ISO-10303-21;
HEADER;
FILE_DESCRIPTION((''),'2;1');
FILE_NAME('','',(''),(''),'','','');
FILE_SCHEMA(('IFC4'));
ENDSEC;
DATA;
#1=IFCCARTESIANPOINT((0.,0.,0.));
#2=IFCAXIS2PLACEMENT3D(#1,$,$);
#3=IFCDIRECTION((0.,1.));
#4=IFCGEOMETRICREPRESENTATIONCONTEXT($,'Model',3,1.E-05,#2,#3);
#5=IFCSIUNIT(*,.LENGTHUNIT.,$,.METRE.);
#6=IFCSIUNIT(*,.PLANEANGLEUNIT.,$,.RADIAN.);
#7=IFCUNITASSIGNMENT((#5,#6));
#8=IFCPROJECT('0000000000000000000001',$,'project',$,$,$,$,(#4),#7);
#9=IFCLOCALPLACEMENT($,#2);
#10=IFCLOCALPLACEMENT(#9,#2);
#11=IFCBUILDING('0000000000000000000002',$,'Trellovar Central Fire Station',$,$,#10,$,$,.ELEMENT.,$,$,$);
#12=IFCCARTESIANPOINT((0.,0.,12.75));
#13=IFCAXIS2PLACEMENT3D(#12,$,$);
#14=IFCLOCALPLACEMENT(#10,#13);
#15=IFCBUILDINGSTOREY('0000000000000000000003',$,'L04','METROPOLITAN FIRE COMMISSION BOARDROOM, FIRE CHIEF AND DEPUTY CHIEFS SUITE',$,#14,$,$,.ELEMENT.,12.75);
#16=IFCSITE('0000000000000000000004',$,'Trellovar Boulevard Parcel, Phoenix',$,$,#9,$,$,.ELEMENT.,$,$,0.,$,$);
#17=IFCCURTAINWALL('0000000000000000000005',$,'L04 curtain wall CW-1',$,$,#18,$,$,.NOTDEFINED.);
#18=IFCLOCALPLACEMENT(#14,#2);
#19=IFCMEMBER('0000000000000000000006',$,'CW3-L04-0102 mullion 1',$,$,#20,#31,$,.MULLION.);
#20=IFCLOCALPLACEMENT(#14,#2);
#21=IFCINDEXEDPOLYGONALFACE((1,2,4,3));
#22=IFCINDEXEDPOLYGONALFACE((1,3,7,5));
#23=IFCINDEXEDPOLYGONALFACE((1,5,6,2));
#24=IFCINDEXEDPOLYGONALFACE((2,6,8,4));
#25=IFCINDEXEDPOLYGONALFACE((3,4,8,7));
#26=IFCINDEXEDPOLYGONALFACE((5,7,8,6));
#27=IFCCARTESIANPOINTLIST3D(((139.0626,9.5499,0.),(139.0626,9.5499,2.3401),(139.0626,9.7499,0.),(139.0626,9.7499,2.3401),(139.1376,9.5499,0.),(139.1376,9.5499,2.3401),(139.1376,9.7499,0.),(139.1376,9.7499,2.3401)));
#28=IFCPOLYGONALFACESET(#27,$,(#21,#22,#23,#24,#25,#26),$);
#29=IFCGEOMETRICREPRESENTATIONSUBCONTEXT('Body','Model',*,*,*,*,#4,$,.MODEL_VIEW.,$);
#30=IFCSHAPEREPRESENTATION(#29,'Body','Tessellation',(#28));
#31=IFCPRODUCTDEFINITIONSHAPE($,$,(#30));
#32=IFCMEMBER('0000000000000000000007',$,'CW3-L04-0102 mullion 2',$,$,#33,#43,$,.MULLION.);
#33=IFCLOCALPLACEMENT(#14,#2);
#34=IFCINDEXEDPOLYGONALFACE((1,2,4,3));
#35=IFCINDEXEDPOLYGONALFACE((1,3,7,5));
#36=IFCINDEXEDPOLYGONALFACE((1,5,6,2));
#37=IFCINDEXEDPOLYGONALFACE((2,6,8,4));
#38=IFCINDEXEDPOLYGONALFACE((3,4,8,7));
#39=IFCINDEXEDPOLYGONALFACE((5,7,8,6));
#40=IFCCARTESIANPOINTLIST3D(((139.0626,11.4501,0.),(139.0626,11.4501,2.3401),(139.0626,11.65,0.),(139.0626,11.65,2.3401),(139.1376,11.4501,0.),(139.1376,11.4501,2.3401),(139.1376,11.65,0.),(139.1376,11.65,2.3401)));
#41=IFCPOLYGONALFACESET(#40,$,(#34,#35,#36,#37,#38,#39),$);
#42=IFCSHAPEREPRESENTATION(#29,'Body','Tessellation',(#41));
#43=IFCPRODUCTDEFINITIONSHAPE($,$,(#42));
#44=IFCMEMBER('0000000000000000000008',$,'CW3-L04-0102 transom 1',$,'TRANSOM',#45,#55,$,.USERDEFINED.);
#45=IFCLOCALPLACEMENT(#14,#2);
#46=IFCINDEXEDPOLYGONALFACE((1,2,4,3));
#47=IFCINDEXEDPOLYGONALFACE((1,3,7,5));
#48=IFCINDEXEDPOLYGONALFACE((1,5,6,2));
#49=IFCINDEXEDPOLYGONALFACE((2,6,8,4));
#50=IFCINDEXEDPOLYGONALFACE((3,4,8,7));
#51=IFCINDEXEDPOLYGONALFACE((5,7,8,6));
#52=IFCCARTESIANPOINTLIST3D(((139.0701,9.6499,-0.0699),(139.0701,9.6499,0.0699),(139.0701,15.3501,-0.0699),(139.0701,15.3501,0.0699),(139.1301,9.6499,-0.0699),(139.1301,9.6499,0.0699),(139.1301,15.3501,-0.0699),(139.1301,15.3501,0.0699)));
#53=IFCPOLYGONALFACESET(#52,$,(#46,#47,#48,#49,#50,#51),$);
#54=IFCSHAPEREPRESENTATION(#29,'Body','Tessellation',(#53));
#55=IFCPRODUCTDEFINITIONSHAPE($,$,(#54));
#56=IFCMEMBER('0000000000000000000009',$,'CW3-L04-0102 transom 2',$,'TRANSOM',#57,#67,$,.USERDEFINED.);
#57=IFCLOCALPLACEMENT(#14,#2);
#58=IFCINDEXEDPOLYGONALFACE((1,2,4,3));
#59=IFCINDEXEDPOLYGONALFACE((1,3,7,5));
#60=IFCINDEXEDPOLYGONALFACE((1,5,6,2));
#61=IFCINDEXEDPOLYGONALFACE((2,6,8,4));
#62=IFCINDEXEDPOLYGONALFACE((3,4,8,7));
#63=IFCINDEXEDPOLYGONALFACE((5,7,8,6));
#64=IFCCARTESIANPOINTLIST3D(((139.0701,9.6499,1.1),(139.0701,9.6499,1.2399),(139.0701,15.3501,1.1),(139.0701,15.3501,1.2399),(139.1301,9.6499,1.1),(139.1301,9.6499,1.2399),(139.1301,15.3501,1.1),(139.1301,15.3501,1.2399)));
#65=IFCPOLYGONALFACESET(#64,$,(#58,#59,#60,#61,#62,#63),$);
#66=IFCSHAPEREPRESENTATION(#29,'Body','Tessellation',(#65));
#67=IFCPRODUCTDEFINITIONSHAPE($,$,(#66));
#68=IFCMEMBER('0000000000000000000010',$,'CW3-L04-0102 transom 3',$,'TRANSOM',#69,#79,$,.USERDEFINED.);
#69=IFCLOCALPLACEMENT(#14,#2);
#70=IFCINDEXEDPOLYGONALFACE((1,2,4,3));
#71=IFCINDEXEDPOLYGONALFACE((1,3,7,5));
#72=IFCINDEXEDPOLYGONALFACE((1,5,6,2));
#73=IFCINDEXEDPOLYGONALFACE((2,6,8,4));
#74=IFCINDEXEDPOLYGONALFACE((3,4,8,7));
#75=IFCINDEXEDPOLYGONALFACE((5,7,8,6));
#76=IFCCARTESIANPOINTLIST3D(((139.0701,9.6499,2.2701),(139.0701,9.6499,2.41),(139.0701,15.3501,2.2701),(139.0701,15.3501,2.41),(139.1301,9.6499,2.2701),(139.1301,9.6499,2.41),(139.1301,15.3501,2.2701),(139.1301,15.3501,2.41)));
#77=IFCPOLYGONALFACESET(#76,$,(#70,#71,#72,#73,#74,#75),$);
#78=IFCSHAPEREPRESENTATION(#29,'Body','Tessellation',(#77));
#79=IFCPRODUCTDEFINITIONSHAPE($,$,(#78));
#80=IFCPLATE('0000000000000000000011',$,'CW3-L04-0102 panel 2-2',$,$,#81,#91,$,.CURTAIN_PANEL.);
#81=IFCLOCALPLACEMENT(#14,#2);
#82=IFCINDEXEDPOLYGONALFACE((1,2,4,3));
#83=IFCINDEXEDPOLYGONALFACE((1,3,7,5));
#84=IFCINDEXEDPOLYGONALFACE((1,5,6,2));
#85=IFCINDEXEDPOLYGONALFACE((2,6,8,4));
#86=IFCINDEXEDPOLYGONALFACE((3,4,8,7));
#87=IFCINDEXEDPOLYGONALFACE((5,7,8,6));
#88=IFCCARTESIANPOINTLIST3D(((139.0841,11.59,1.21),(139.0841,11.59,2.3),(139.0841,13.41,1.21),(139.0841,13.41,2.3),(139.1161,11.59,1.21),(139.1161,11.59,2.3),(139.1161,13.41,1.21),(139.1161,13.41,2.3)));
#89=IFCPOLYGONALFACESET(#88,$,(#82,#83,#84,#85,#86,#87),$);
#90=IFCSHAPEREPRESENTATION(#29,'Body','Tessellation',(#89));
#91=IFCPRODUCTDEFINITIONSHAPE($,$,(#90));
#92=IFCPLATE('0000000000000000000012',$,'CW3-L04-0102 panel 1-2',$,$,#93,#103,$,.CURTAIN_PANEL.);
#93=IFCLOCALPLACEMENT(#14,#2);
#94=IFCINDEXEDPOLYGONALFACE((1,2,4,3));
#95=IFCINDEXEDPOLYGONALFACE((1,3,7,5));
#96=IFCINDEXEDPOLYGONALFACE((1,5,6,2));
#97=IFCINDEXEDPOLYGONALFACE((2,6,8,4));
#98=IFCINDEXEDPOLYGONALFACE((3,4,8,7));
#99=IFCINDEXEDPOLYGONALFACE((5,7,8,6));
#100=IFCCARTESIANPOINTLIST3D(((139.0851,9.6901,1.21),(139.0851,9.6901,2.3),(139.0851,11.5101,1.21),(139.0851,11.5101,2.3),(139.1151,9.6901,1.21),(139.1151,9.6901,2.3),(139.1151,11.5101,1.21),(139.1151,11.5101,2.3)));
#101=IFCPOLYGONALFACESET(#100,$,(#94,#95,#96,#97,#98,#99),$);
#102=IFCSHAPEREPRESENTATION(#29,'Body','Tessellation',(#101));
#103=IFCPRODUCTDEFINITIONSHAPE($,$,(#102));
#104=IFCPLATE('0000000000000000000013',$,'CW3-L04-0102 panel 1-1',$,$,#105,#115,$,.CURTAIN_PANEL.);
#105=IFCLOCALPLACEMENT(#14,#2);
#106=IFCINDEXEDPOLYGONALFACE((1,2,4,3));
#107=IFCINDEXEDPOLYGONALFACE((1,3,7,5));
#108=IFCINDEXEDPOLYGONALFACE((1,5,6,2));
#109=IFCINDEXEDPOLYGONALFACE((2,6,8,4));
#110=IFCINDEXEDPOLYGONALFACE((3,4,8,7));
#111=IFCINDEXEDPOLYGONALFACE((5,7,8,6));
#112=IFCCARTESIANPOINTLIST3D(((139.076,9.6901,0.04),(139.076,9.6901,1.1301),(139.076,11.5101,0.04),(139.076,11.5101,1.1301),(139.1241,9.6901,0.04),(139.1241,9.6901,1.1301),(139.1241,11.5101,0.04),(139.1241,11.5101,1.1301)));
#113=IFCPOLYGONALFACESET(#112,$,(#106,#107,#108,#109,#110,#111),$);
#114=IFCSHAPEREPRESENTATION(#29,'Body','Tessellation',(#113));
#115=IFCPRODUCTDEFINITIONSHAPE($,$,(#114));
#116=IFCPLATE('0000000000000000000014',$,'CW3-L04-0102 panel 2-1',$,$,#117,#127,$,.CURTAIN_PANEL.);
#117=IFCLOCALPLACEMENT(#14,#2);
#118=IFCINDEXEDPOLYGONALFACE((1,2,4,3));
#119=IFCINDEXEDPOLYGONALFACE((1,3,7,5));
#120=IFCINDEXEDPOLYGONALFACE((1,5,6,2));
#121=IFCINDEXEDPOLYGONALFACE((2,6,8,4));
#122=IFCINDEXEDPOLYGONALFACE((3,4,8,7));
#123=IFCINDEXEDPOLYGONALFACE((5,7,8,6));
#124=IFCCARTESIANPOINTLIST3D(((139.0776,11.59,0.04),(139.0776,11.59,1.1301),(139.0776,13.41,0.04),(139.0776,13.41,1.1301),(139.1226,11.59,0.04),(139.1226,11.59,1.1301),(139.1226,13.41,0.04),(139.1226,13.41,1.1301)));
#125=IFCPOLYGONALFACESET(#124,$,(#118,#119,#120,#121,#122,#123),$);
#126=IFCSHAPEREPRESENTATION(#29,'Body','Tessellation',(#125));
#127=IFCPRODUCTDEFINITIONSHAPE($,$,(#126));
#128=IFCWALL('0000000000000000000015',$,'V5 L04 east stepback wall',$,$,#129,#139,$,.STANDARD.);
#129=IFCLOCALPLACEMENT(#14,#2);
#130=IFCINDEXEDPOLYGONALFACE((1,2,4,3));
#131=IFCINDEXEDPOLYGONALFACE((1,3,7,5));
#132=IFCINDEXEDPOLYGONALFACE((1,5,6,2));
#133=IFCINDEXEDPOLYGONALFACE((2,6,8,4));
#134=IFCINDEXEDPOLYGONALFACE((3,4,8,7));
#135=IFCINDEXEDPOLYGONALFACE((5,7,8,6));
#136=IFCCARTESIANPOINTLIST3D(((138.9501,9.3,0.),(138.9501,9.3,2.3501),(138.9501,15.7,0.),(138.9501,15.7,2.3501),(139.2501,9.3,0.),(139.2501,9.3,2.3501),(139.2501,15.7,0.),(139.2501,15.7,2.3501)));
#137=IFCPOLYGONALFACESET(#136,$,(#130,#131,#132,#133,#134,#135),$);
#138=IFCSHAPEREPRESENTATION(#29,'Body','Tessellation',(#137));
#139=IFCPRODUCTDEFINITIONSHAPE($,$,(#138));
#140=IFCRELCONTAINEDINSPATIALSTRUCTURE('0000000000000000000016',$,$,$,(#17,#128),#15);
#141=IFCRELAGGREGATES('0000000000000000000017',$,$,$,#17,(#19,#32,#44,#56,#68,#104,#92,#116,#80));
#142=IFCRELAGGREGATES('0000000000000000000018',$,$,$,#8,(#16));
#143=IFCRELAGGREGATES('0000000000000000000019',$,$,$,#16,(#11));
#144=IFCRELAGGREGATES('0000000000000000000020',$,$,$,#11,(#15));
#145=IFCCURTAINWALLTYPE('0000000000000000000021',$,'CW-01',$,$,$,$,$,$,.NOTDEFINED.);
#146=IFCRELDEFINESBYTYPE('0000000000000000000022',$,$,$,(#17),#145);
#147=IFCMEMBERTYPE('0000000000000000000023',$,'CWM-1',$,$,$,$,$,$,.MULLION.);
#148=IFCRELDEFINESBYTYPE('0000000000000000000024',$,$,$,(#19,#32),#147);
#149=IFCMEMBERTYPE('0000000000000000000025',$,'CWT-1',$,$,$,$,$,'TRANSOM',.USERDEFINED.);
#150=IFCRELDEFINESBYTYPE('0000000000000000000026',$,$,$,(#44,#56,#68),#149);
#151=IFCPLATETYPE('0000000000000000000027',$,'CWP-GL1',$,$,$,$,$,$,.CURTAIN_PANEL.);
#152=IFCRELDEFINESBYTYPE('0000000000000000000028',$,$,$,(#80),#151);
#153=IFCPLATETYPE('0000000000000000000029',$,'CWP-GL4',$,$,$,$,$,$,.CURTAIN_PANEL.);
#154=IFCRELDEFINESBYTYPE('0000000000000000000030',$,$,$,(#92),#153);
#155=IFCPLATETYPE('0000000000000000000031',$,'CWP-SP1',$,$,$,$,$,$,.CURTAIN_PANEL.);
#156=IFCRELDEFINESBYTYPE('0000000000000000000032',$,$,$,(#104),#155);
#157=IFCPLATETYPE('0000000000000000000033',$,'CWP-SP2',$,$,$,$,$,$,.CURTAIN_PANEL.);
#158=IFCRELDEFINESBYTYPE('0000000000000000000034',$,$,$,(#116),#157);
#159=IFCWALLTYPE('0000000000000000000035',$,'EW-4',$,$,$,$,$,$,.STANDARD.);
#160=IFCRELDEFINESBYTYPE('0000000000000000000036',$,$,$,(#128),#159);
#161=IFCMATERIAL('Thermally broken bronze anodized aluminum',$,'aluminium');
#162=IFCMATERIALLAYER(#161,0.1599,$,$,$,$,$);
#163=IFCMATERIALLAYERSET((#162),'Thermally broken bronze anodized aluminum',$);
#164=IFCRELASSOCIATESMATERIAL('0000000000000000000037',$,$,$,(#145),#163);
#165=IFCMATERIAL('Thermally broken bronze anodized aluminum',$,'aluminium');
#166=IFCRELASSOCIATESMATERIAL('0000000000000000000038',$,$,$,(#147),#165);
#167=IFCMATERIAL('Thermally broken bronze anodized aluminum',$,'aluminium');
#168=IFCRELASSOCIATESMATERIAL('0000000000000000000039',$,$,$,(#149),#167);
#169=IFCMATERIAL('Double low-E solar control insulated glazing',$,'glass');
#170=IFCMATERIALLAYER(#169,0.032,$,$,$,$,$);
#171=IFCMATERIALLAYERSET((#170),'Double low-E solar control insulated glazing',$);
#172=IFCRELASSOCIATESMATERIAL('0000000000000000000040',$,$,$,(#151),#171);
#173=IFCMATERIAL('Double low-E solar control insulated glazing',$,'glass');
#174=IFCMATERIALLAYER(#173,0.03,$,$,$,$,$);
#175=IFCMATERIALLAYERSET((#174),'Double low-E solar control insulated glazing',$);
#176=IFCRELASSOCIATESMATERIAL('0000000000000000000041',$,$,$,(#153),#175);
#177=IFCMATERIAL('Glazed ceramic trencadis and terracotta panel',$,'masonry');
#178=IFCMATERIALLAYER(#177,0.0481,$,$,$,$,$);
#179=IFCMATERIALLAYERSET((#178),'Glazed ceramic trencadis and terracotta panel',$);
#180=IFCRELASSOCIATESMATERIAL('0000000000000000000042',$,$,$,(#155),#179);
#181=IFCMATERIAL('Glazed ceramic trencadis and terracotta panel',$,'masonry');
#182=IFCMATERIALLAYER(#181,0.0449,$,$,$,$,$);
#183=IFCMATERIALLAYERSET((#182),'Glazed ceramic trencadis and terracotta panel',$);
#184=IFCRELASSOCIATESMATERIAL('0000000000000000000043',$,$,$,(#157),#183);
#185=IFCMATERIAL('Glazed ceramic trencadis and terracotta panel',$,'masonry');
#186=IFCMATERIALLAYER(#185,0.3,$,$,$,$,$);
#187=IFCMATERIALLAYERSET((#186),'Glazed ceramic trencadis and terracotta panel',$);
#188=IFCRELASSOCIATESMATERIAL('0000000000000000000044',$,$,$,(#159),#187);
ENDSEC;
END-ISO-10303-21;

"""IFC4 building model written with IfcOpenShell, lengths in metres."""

from ifc_helpers import new_model, si_unit, direction, frame, frame_2d, origin, origin_2d, place, context, subcontext, project, spatial, rectangle, extrude, material, layer, layer_set, material_profile, profile_set, type_object, element, aggregate, save


model = new_model("IFC4")

# Units and contexts
model_context = context("Model", 3, precision=1e-05, world=origin(), true_north=direction((0.0, 1.0)))
body_context = subcontext(model_context, "Body", "Model", "MODEL_VIEW")
ifc_project = project(units=[si_unit("LENGTHUNIT", "METRE"), si_unit("PLANEANGLEUNIT", "RADIAN")], contexts=[model_context])

# Site, building, storey
site_placement = place(None, origin())
site = spatial("IfcSite", under=ifc_project, at=site_placement, Name="Trellovar Boulevard Parcel, Phoenix", CompositionType="ELEMENT", RefElevation=0.0)
building_placement = place(site_placement, origin())
building = spatial("IfcBuilding", under=site, at=building_placement, Name="Trellovar Central Fire Station", CompositionType="ELEMENT")
storey_placement = place(building_placement, frame((0.0, 0.0, 12.75)))
storey = spatial("IfcBuildingStorey", under=building, at=storey_placement, Name="L04", Description="METROPOLITAN FIRE COMMISSION BOARDROOM, FIRE CHIEF AND DEPUTY CHIEFS SUITE", CompositionType="ELEMENT", Elevation=12.75)

# Curtain wall, members, plates
ifc_material_1 = material(Name="Thermally broken bronze anodized aluminum", Category="aluminium")
ifc_layer_1 = layer(ifc_material_1, 0.1599)
ifc_layer_set_1 = layer_set([ifc_layer_1], Name="Thermally broken bronze anodized aluminum")
curtain_wall_type = type_object("IfcCurtainWallType", Name="CW-01", PredefinedType="NOTDEFINED", material=ifc_layer_set_1)
curtain_wall_placement = place(storey_placement, origin())
curtain_wall = element("IfcCurtainWall", 1, at=curtain_wall_placement, inside=storey, type_object=curtain_wall_type, Name="L04 curtain wall CW-1", PredefinedType="NOTDEFINED")
ifc_material_2 = material(Name="Thermally broken bronze anodized aluminum", Category="aluminium")
ifc_material_profile_1 = material_profile(ifc_material_2, rectangle(XDim=0.075, YDim=0.2, at=origin_2d()), Name="ALU75X200")
ifc_profile_set_1 = profile_set([ifc_material_profile_1], Name="Thermally broken bronze anodized aluminum")
member_type_1 = type_object("IfcMemberType", Name="CWM-1", PredefinedType="MULLION", material=ifc_profile_set_1)
member_1_placement = place(storey_placement, frame((139.1001, 9.6499, 0.0), z_axis=(0.0, 0.0, 1.0), x_axis=(1.0, 0.0, 0.0)))
member_1 = element("IfcMember", 2, at=member_1_placement, type_object=member_type_1, Name="CW3-L04-0102 mullion 1", PredefinedType="MULLION", context=body_context, shape_type="SweptSolid", body=[
    extrude(rectangle(XDim=0.075, YDim=0.2, at=origin_2d()), origin(), (0.0, 0.0, 1.0), 2.3401),
])
member_2_placement = place(storey_placement, frame((139.1001, 11.55, 0.0), z_axis=(0.0, 0.0, 1.0), x_axis=(1.0, 0.0, 0.0)))
member_2 = element("IfcMember", 3, at=member_2_placement, type_object=member_type_1, Name="CW3-L04-0102 mullion 2", PredefinedType="MULLION", context=body_context, shape_type="SweptSolid", body=[
    extrude(rectangle(XDim=0.075, YDim=0.2, at=origin_2d()), origin(), (0.0, 0.0, 1.0), 2.3401),
])
ifc_material_3 = material(Name="Thermally broken bronze anodized aluminum", Category="aluminium")
ifc_material_profile_2 = material_profile(ifc_material_3, rectangle(XDim=0.0601, YDim=0.1399, at=origin_2d()), Name="ALU60X140")
ifc_profile_set_2 = profile_set([ifc_material_profile_2], Name="Thermally broken bronze anodized aluminum")
member_type_2 = type_object("IfcMemberType", Name="CWT-1", ElementType="TRANSOM", PredefinedType="USERDEFINED", material=ifc_profile_set_2)
member_3_placement = place(storey_placement, frame((139.1001, 9.6499, 0.0), z_axis=(0.0, 1.0, 0.0), x_axis=(-1.0, 0.0, 0.0)))
member_3 = element("IfcMember", 4, at=member_3_placement, type_object=member_type_2, Name="CW3-L04-0102 transom 1", ObjectType="TRANSOM", PredefinedType="USERDEFINED", context=body_context, shape_type="SweptSolid", body=[
    extrude(rectangle(XDim=0.0601, YDim=0.1399, at=origin_2d()), origin(), (0.0, 0.0, 1.0), 5.7002),
])
member_4_placement = place(storey_placement, frame((139.1001, 9.6499, 1.1699), z_axis=(0.0, 1.0, 0.0), x_axis=(-1.0, 0.0, 0.0)))
member_4 = element("IfcMember", 5, at=member_4_placement, type_object=member_type_2, Name="CW3-L04-0102 transom 2", ObjectType="TRANSOM", PredefinedType="USERDEFINED", context=body_context, shape_type="SweptSolid", body=[
    extrude(rectangle(XDim=0.0601, YDim=0.1399, at=origin_2d()), origin(), (0.0, 0.0, 1.0), 5.7002),
])
member_5_placement = place(storey_placement, frame((139.1001, 9.6499, 2.3401), z_axis=(0.0, 1.0, 0.0), x_axis=(-1.0, 0.0, 0.0)))
member_5 = element("IfcMember", 6, at=member_5_placement, type_object=member_type_2, Name="CW3-L04-0102 transom 3", ObjectType="TRANSOM", PredefinedType="USERDEFINED", context=body_context, shape_type="SweptSolid", body=[
    extrude(rectangle(XDim=0.0601, YDim=0.1399, at=origin_2d()), origin(), (0.0, 0.0, 1.0), 5.7002),
])
ifc_material_4 = material(Name="Double low-E solar control insulated glazing", Category="glass")
ifc_layer_2 = layer(ifc_material_4, 0.032)
ifc_layer_set_2 = layer_set([ifc_layer_2], Name="Double low-E solar control insulated glazing")
plate_type_1 = type_object("IfcPlateType", Name="CWP-GL1", PredefinedType="CURTAIN_PANEL", material=ifc_layer_set_2)
plate_1_placement = place(storey_placement, frame((139.1001, 12.5, 1.21), z_axis=(0.0, 0.0, 1.0), x_axis=(0.0, 1.0, 0.0)))
plate_1 = element("IfcPlate", 7, at=plate_1_placement, type_object=plate_type_1, Name="CW3-L04-0102 panel 2-2", PredefinedType="CURTAIN_PANEL", context=body_context, shape_type="SweptSolid", body=[
    extrude(rectangle(XDim=1.8201, YDim=0.032, at=origin_2d()), origin(), (0.0, 0.0, 1.0), 1.0901),
])
ifc_material_5 = material(Name="Double low-E solar control insulated glazing", Category="glass")
ifc_layer_3 = layer(ifc_material_5, 0.03)
ifc_layer_set_3 = layer_set([ifc_layer_3], Name="Double low-E solar control insulated glazing")
plate_type_2 = type_object("IfcPlateType", Name="CWP-GL4", PredefinedType="CURTAIN_PANEL", material=ifc_layer_set_3)
plate_2_placement = place(storey_placement, frame((139.1001, 10.6001, 1.21), z_axis=(0.0, 0.0, 1.0), x_axis=(0.0, 1.0, 0.0)))
plate_2 = element("IfcPlate", 8, at=plate_2_placement, type_object=plate_type_2, Name="CW3-L04-0102 panel 1-2", PredefinedType="CURTAIN_PANEL", context=body_context, shape_type="SweptSolid", body=[
    extrude(rectangle(XDim=1.8201, YDim=0.03, at=origin_2d()), origin(), (0.0, 0.0, 1.0), 1.0901),
])
ifc_material_6 = material(Name="Glazed ceramic trencadis and terracotta panel", Category="masonry")
ifc_layer_4 = layer(ifc_material_6, 0.0481)
ifc_layer_set_4 = layer_set([ifc_layer_4], Name="Glazed ceramic trencadis and terracotta panel")
plate_type_3 = type_object("IfcPlateType", Name="CWP-SP1", PredefinedType="CURTAIN_PANEL", material=ifc_layer_set_4)
plate_3_placement = place(storey_placement, frame((139.1001, 10.6001, 0.04), z_axis=(0.0, 0.0, 1.0), x_axis=(0.0, 1.0, 0.0)))
plate_3 = element("IfcPlate", 9, at=plate_3_placement, type_object=plate_type_3, Name="CW3-L04-0102 panel 1-1", PredefinedType="CURTAIN_PANEL", context=body_context, shape_type="SweptSolid", body=[
    extrude(rectangle(XDim=1.8201, YDim=0.0481, at=origin_2d()), origin(), (0.0, 0.0, 1.0), 1.0901),
])
ifc_material_7 = material(Name="Glazed ceramic trencadis and terracotta panel", Category="masonry")
ifc_layer_5 = layer(ifc_material_7, 0.0449)
ifc_layer_set_5 = layer_set([ifc_layer_5], Name="Glazed ceramic trencadis and terracotta panel")
plate_type_4 = type_object("IfcPlateType", Name="CWP-SP2", PredefinedType="CURTAIN_PANEL", material=ifc_layer_set_5)
plate_4_placement = place(storey_placement, frame((139.1001, 12.5, 0.04), z_axis=(0.0, 0.0, 1.0), x_axis=(0.0, 1.0, 0.0)))
plate_4 = element("IfcPlate", 10, at=plate_4_placement, type_object=plate_type_4, Name="CW3-L04-0102 panel 2-1", PredefinedType="CURTAIN_PANEL", context=body_context, shape_type="SweptSolid", body=[
    extrude(rectangle(XDim=1.8201, YDim=0.0449, at=origin_2d()), origin(), (0.0, 0.0, 1.0), 1.0901),
])
aggregate(curtain_wall, [member_1, member_2, member_3, member_4, member_5, plate_3, plate_2, plate_4, plate_1])

# Wall
ifc_material_8 = material(Name="Glazed ceramic trencadis and terracotta panel", Category="masonry")
ifc_layer_6 = layer(ifc_material_8, 0.3)
ifc_layer_set_6 = layer_set([ifc_layer_6], Name="Glazed ceramic trencadis and terracotta panel")
wall_type = type_object("IfcWallType", Name="EW-4", PredefinedType="STANDARD", material=ifc_layer_set_6)
wall_placement = place(storey_placement, frame((139.1001, 9.3, 0.0), z_axis=(0.0, 0.0, 1.0), x_axis=(0.0, 1.0, 0.0)))
element("IfcWall", 11, at=wall_placement, inside=storey, type_object=wall_type, Name="V5 L04 east stepback wall", PredefinedType="STANDARD", context=body_context, shape_type="SweptSolid", body=[
    extrude(rectangle(XDim=6.3999, YDim=0.3, at=frame_2d((3.2, 0.0))), origin(), (0.0, 0.0, 1.0), 2.3501),
])

save(model, "model.ifc")
